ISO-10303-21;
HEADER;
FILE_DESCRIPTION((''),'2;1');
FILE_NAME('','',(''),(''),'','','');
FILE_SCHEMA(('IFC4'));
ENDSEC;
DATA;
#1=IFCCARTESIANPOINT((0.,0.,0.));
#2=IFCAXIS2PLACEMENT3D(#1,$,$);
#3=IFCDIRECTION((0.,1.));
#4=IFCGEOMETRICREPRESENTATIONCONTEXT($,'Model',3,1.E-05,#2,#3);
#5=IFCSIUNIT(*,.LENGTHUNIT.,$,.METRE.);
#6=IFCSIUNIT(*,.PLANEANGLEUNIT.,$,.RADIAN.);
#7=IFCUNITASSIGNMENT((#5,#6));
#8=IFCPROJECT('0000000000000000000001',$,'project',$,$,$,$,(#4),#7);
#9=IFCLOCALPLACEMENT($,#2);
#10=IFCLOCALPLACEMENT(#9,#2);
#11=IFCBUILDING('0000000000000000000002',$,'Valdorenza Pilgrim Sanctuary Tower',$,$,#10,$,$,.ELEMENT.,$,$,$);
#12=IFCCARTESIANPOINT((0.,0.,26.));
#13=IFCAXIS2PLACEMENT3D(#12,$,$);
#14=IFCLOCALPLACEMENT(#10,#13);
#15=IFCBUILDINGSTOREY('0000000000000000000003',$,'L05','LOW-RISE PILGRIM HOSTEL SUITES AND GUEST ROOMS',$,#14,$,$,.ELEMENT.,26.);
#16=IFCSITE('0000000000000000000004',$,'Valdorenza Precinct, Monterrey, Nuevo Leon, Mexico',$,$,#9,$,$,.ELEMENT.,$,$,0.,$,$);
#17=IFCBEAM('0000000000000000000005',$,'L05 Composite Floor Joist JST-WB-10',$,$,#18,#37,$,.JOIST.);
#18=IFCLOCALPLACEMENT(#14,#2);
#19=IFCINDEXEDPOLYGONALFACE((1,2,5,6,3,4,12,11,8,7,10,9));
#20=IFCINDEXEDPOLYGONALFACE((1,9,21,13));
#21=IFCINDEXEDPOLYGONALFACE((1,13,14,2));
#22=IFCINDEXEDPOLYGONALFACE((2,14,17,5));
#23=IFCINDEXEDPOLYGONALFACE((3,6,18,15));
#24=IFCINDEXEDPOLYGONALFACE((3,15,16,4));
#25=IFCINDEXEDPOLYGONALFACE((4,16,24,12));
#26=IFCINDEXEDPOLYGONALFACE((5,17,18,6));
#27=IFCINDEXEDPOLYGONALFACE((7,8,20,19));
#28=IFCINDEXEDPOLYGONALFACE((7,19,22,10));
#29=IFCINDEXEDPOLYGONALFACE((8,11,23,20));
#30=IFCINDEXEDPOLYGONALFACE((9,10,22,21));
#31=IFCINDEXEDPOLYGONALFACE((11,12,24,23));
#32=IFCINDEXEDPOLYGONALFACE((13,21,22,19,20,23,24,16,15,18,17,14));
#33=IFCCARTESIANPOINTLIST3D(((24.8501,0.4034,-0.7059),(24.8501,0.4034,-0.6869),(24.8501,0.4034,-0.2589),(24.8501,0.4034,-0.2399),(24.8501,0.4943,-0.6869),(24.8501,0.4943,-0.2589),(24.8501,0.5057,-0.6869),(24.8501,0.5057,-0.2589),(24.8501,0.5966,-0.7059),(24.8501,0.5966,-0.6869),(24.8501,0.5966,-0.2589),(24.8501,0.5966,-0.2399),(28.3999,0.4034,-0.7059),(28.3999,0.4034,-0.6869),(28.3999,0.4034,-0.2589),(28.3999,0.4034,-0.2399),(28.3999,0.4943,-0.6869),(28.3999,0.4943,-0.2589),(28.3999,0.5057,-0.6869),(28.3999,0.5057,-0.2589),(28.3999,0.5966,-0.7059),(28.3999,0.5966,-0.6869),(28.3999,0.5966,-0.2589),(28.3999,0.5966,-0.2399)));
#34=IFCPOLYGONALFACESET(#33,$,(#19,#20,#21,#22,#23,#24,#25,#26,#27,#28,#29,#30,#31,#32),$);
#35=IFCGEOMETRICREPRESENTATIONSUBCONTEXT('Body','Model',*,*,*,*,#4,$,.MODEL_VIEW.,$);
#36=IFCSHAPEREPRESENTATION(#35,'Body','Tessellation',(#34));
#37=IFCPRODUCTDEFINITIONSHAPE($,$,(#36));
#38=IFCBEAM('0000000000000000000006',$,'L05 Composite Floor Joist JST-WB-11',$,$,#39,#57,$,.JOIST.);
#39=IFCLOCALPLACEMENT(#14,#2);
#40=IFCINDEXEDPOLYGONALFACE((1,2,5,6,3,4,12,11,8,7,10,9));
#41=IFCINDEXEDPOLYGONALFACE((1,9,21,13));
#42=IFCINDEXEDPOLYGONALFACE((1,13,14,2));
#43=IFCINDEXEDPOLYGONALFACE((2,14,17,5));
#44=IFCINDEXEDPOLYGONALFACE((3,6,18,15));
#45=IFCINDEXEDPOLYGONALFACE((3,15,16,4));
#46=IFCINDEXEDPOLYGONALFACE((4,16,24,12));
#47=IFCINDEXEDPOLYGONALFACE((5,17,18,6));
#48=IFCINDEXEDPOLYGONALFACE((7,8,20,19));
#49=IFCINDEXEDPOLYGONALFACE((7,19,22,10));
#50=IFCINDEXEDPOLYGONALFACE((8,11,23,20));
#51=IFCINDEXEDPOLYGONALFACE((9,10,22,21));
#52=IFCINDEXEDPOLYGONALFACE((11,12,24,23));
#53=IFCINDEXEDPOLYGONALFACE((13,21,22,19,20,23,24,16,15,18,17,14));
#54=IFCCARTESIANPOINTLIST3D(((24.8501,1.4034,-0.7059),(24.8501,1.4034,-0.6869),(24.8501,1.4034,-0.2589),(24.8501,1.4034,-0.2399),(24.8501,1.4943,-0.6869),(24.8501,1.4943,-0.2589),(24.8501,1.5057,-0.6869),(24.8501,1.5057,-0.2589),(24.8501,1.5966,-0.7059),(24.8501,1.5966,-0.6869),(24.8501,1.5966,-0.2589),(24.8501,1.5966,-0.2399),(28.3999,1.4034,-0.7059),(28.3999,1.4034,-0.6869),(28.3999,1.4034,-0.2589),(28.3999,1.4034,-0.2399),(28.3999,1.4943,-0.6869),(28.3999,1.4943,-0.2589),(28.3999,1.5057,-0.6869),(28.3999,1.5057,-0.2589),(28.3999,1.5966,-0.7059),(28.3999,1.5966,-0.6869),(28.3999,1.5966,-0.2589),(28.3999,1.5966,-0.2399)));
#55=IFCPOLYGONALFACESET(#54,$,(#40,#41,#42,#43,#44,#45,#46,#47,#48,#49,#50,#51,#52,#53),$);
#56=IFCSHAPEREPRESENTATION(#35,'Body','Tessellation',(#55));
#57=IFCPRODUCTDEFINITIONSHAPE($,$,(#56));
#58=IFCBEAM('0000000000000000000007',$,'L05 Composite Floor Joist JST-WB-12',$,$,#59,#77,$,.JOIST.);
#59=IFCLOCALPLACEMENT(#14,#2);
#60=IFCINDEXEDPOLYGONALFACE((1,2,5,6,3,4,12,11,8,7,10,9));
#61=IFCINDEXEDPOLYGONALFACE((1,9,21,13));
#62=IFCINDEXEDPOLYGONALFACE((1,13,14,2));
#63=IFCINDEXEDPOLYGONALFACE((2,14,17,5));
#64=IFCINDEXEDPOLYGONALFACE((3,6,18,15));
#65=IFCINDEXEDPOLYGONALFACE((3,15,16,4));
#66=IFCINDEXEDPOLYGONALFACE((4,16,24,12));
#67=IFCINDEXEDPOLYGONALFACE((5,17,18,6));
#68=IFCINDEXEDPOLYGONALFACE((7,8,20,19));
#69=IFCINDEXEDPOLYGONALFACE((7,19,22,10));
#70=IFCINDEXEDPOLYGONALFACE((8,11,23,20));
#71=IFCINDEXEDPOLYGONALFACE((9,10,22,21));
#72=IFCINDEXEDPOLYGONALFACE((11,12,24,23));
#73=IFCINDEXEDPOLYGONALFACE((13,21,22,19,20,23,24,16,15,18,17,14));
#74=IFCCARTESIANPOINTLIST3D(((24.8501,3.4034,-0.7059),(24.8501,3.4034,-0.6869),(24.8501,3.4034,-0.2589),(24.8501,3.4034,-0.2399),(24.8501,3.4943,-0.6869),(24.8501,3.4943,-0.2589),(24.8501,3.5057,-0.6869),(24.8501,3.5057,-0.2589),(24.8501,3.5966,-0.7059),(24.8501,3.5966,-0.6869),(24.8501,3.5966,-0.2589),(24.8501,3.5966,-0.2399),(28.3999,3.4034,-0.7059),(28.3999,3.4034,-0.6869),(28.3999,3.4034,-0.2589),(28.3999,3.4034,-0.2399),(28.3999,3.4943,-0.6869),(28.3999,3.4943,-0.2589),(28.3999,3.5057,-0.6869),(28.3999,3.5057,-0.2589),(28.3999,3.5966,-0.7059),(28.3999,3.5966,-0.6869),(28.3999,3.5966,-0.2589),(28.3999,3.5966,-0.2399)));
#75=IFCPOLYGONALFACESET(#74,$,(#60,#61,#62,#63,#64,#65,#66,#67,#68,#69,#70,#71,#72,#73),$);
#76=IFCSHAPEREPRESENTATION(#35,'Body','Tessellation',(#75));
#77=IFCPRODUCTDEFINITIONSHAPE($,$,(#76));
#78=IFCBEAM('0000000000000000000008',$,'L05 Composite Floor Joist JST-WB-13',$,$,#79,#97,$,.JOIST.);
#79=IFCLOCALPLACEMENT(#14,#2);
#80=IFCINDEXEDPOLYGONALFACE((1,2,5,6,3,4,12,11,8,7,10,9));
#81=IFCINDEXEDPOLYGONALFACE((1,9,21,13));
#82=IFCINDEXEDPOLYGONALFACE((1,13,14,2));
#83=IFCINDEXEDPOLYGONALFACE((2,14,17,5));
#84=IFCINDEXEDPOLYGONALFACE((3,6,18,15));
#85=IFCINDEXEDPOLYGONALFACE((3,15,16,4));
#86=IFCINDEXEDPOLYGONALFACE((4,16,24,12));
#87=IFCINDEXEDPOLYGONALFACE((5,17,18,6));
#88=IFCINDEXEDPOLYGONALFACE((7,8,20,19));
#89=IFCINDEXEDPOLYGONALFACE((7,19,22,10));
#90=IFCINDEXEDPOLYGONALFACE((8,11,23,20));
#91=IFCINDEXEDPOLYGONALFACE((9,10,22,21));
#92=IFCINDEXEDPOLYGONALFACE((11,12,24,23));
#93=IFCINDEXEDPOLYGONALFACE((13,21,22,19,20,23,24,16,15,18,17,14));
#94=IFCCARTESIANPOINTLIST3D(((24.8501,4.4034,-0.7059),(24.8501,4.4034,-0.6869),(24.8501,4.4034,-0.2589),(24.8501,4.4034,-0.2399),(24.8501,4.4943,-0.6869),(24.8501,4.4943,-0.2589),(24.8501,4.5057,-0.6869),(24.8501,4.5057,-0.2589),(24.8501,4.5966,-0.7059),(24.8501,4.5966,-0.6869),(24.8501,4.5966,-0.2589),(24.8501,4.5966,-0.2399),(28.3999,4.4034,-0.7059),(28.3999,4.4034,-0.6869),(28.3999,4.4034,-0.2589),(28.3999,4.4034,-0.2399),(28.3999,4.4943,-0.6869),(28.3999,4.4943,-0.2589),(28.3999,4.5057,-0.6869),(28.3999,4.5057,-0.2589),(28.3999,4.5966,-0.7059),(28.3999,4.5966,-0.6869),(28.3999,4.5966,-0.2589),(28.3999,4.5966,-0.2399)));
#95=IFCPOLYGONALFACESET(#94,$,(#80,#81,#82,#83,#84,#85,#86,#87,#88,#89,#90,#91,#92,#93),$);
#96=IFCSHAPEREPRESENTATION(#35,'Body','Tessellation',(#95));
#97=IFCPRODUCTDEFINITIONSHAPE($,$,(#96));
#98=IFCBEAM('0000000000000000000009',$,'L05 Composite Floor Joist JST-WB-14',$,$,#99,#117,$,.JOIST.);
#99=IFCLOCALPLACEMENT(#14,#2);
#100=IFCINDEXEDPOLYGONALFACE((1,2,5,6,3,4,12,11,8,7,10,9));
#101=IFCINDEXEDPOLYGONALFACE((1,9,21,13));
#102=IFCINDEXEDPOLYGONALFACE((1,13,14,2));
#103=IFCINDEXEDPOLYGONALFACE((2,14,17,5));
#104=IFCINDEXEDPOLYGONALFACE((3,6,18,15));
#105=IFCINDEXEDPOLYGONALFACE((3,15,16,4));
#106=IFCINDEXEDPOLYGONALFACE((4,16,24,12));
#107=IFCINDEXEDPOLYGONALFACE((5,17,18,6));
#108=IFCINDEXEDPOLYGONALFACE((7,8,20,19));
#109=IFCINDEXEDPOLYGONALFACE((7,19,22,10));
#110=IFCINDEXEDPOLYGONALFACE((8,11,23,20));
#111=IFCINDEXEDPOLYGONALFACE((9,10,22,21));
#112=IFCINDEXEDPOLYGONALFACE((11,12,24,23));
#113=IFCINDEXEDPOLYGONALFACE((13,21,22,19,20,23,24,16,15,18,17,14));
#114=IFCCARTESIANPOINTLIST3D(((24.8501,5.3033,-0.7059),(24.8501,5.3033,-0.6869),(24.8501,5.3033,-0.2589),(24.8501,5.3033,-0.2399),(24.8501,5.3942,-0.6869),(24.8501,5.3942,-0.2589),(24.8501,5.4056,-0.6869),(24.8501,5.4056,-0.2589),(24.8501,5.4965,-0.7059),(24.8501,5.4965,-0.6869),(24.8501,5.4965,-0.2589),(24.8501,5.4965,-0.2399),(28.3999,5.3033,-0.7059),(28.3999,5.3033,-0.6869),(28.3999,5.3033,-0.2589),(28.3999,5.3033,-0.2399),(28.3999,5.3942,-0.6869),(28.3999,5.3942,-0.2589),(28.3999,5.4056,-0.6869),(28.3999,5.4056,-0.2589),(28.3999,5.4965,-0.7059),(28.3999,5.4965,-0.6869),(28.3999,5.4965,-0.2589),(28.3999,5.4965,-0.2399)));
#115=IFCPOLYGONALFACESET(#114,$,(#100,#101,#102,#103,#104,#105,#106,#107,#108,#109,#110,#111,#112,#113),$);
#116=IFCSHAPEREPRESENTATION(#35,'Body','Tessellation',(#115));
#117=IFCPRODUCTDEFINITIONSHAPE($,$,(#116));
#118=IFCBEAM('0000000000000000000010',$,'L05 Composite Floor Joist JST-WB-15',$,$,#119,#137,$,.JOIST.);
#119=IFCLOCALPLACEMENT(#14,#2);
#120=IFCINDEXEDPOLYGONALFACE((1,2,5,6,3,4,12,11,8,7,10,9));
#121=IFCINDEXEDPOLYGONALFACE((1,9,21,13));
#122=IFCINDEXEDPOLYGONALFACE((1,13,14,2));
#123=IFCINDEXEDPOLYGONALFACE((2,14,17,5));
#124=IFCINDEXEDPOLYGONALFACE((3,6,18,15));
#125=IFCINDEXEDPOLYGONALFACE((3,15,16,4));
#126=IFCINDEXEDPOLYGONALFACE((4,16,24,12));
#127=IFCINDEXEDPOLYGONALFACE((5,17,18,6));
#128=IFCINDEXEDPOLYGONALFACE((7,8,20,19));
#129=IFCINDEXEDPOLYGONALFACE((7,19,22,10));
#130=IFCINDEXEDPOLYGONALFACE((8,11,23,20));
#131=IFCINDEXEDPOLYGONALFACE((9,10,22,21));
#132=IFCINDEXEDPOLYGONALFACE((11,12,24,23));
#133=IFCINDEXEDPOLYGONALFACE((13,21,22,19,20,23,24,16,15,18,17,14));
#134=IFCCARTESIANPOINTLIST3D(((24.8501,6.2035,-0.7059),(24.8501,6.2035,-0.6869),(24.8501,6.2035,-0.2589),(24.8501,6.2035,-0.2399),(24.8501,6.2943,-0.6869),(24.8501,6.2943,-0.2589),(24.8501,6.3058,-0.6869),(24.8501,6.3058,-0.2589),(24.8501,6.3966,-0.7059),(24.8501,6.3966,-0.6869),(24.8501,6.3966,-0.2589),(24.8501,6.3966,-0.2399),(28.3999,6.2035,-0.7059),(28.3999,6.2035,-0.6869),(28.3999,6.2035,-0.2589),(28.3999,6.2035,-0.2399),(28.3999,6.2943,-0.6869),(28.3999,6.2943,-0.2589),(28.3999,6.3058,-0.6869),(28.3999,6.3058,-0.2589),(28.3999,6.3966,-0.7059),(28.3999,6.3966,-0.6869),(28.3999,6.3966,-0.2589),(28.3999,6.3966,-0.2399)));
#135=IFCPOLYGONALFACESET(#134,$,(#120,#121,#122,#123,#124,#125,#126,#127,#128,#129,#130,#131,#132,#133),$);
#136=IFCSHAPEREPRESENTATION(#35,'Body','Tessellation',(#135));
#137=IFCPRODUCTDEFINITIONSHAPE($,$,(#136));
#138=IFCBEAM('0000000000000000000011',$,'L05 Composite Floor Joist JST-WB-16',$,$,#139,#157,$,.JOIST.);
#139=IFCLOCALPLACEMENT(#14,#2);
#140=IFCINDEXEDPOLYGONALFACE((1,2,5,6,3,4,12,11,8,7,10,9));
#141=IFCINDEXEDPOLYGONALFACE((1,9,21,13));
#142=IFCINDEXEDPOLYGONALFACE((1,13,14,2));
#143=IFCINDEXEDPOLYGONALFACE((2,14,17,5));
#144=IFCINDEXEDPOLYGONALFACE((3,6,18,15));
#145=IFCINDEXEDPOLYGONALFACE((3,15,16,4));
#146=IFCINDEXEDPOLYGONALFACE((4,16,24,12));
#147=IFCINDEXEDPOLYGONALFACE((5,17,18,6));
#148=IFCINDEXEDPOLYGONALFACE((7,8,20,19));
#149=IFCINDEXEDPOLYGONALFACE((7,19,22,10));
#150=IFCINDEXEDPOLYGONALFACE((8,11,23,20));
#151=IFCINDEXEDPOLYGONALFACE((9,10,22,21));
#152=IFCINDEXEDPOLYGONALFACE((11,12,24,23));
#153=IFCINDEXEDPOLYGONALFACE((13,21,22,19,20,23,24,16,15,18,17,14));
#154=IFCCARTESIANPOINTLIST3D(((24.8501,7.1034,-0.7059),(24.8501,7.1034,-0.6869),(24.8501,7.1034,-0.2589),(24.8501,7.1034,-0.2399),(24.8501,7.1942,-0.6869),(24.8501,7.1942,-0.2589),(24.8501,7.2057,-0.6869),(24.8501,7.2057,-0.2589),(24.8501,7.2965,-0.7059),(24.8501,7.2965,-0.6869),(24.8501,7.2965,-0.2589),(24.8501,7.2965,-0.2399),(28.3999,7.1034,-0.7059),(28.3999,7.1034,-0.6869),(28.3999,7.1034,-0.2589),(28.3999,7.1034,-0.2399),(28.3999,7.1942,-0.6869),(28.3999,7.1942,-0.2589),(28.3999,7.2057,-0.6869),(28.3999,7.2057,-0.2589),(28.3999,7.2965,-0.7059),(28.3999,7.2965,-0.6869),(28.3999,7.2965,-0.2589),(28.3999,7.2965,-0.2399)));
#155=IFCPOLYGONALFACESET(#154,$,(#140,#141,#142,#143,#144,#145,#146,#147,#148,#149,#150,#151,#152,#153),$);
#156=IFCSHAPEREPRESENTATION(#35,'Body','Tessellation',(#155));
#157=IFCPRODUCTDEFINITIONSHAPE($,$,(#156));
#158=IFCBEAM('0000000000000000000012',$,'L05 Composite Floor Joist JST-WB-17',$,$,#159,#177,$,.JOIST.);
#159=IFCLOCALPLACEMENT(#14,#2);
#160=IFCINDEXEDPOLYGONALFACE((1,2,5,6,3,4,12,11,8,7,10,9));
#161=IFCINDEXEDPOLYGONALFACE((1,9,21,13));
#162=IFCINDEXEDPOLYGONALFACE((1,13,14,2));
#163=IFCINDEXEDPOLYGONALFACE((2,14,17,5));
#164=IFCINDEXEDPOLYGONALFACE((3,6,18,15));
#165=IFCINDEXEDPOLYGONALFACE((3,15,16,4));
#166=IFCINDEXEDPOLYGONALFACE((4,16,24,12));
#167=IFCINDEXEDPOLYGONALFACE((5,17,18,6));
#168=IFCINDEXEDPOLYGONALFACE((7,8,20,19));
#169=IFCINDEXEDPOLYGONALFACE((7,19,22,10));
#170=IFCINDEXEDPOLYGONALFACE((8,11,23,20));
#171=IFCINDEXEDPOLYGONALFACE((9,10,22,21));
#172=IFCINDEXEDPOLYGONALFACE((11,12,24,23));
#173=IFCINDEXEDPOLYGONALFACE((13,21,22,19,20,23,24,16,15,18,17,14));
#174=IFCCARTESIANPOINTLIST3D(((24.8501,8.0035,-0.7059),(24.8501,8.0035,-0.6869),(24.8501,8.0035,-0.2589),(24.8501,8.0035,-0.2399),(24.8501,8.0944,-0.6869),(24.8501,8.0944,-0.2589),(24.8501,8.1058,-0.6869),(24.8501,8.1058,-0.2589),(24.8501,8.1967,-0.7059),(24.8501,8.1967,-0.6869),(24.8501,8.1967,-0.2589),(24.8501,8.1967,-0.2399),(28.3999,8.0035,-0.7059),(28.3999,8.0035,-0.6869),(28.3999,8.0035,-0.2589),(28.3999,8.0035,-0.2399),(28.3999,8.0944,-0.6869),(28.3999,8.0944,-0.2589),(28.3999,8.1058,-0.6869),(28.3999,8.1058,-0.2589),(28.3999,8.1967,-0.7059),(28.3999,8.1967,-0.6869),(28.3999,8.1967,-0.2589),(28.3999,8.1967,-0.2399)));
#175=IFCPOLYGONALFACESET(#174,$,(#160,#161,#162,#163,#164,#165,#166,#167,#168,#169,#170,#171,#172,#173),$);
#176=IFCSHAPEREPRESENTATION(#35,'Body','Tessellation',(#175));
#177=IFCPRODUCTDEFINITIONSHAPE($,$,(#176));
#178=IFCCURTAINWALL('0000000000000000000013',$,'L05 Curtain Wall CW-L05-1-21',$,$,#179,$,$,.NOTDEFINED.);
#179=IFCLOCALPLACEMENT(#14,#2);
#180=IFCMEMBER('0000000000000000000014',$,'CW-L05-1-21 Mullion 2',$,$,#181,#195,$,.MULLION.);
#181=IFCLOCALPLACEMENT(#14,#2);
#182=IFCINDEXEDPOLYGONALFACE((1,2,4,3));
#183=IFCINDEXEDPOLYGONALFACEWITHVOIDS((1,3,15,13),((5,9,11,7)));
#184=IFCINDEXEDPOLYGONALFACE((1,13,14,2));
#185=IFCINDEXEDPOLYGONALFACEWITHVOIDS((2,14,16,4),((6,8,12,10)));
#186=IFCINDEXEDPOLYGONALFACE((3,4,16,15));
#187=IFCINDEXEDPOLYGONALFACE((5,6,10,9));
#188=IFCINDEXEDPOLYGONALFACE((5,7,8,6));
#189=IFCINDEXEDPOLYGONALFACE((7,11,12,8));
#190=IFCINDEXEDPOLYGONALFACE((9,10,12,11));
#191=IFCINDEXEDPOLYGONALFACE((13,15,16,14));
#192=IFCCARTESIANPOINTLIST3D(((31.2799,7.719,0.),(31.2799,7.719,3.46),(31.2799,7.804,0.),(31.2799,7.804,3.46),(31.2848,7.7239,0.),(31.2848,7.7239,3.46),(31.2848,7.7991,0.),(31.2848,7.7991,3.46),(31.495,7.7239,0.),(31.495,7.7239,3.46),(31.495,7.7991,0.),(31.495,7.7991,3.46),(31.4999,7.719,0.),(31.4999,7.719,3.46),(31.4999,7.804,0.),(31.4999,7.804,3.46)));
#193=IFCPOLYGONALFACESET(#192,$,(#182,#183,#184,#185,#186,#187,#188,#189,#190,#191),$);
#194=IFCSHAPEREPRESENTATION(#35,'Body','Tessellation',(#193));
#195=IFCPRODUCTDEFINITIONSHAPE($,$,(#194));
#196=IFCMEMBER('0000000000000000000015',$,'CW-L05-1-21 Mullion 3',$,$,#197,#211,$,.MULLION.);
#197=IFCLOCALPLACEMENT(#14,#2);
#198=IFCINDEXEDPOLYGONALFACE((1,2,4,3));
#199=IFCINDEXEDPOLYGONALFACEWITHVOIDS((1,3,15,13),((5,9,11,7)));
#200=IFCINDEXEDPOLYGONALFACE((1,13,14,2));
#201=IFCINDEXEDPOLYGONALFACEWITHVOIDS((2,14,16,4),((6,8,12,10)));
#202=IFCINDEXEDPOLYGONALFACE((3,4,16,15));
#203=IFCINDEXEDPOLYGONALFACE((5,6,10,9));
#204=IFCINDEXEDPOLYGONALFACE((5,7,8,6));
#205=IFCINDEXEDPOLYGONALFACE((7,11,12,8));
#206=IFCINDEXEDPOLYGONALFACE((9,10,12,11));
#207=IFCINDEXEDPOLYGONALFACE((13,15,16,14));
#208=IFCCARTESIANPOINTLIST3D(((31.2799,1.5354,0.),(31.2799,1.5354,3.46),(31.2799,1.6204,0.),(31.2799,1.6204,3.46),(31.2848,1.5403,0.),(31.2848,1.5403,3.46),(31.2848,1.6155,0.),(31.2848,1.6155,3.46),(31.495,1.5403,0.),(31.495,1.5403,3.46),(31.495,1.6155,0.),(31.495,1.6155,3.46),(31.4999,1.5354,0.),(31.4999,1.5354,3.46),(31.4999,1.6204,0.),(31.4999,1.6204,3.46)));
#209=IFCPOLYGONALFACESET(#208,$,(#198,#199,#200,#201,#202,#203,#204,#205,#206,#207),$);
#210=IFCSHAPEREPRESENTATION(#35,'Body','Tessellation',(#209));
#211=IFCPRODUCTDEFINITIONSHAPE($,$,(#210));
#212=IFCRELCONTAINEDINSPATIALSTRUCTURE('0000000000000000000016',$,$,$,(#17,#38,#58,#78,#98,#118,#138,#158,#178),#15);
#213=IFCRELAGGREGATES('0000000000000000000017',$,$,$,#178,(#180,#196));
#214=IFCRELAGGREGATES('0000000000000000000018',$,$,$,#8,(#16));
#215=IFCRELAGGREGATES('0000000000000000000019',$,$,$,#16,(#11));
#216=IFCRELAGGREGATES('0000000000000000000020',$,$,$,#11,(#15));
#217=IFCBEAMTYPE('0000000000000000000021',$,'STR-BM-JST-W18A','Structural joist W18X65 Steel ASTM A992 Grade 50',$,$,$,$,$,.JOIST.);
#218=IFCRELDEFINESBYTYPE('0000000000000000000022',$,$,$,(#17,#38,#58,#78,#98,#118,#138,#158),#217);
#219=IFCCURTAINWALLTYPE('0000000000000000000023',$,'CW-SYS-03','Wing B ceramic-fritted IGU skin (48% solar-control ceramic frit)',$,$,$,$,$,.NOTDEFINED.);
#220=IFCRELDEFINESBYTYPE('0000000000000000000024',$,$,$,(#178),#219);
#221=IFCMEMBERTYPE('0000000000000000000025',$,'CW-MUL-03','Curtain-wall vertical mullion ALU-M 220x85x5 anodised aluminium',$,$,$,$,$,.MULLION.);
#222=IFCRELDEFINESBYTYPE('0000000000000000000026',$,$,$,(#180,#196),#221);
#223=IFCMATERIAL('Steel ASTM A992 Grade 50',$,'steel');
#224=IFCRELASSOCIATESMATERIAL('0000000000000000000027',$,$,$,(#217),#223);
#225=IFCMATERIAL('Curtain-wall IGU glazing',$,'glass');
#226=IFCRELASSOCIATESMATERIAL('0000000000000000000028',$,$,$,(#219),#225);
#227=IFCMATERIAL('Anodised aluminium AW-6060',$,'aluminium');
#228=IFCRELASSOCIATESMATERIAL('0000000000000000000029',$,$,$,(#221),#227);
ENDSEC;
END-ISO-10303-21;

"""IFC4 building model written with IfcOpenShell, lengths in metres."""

from ifc_helpers import new_model, si_unit, direction, frame, origin, origin_2d, place, context, subcontext, project, spatial, hollow_rectangle, i_section, extrude, source, transform, mapped, material, material_profile, profile_set, type_object, element, aggregate, save


model = new_model("IFC4")

# Units and contexts
model_context = context("Model", 3, precision=1e-05, world=origin(), true_north=direction((0.0, 1.0)))
body_context = subcontext(model_context, "Body", "Model", "MODEL_VIEW")
ifc_project = project(units=[si_unit("LENGTHUNIT", "METRE"), si_unit("PLANEANGLEUNIT", "RADIAN")], contexts=[model_context])

# Site, building, storey
site_placement = place(None, origin())
site = spatial("IfcSite", under=ifc_project, at=site_placement, Name="Valdorenza Precinct, Monterrey, Nuevo Leon, Mexico", CompositionType="ELEMENT", RefElevation=0.0)
building_placement = place(site_placement, origin())
building = spatial("IfcBuilding", under=site, at=building_placement, Name="Valdorenza Pilgrim Sanctuary Tower", CompositionType="ELEMENT")
storey_placement = place(building_placement, frame((0.0, 0.0, 26.0)))
storey = spatial("IfcBuildingStorey", under=building, at=storey_placement, Name="L05", Description="LOW-RISE PILGRIM HOSTEL SUITES AND GUEST ROOMS", CompositionType="ELEMENT", Elevation=26.0)

# Beams
ifc_material_1 = material(Name="Steel ASTM A992 Grade 50", Category="steel")
ifc_material_profile_1 = material_profile(ifc_material_1, i_section(OverallWidth=0.1931, OverallDepth=0.4661, WebThickness=0.0115, FlangeThickness=0.019, at=origin_2d()), Name="W18X65")
ifc_profile_set_1 = profile_set([ifc_material_profile_1], Name="Steel ASTM A992 Grade 50")
beam_type = type_object("IfcBeamType", Name="STR-BM-JST-W18A", Description="Structural joist W18X65 Steel ASTM A992 Grade 50", PredefinedType="JOIST", material=ifc_profile_set_1)
shared_shape_1 = source(origin(), body_context, "Body", "SweptSolid", [
    extrude(i_section(OverallWidth=0.1931, OverallDepth=0.4661, WebThickness=0.0115, FlangeThickness=0.019, at=origin_2d()), origin(), (0.0, 0.0, 1.0), 3.5498),
])
for number, where, z_axis, x_axis, name in (
    (1, (24.8501, 0.5, -0.4729), (1.0, 0.0, 0.0), (0.0, 1.0, 0.0), "L05 Composite Floor Joist JST-WB-10"),
    (2, (24.8501, 1.5, -0.4729), (1.0, 0.0, 0.0), (0.0, 1.0, 0.0), "L05 Composite Floor Joist JST-WB-11"),
    (3, (24.8501, 3.5, -0.4729), (1.0, 0.0, 0.0), (0.0, 1.0, 0.0), "L05 Composite Floor Joist JST-WB-12"),
    (4, (24.8501, 4.5, -0.4729), (1.0, 0.0, 0.0), (0.0, 1.0, 0.0), "L05 Composite Floor Joist JST-WB-13"),
    (5, (24.8501, 5.3999, -0.4729), (1.0, 0.0, 0.0), (0.0, 1.0, 0.0), "L05 Composite Floor Joist JST-WB-14"),
    (6, (24.8501, 6.3, -0.4729), (1.0, 0.0, 0.0), (0.0, 1.0, 0.0), "L05 Composite Floor Joist JST-WB-15"),
    (7, (24.8501, 7.2, -0.4729), (1.0, 0.0, 0.0), (0.0, 1.0, 0.0), "L05 Composite Floor Joist JST-WB-16"),
    (8, (24.8501, 8.1001, -0.4729), (1.0, 0.0, 0.0), (0.0, 1.0, 0.0), "L05 Composite Floor Joist JST-WB-17"),
):
    element("IfcBeam", number, at=place(storey_placement, frame(where, z_axis=z_axis, x_axis=x_axis)), inside=storey, type_object=beam_type, Name=name, PredefinedType="JOIST", context=body_context, shape_type="MappedRepresentation", body=[
        mapped(shared_shape_1, transform((0.0, 0.0, 0.0), x_axis=(1.0, 0.0, 0.0), y_axis=(0.0, 1.0, 0.0), z_axis=(0.0, 0.0, 1.0), scale=1.0)),
    ])

# Curtain wall, members
ifc_material_2 = material(Name="Curtain-wall IGU glazing", Category="glass")
curtain_wall_type = type_object("IfcCurtainWallType", Name="CW-SYS-03", Description="Wing B ceramic-fritted IGU skin (48% solar-control ceramic frit)", PredefinedType="NOTDEFINED", material=ifc_material_2)
curtain_wall_placement = place(storey_placement, origin())
curtain_wall = element("IfcCurtainWall", 9, at=curtain_wall_placement, inside=storey, type_object=curtain_wall_type, Name="L05 Curtain Wall CW-L05-1-21", PredefinedType="NOTDEFINED")
ifc_material_3 = material(Name="Anodised aluminium AW-6060", Category="aluminium")
ifc_material_profile_2 = material_profile(ifc_material_3, hollow_rectangle(XDim=0.085, YDim=0.22, WallThickness=0.0049, at=origin_2d()), Name="ALU-M 220x85x5")
ifc_profile_set_2 = profile_set([ifc_material_profile_2], Name="Anodised aluminium AW-6060")
member_type = type_object("IfcMemberType", Name="CW-MUL-03", Description="Curtain-wall vertical mullion ALU-M 220x85x5 anodised aluminium", PredefinedType="MULLION", material=ifc_profile_set_2)
shared_shape_2 = source(origin(), body_context, "Body", "SweptSolid", [
    extrude(hollow_rectangle(XDim=0.085, YDim=0.22, WallThickness=0.0049, at=origin_2d()), origin(), (0.0, 0.0, 1.0), 3.46),
])
member_1_placement = place(storey_placement, frame((31.3899, 7.7615, 0.0), z_axis=(0.0, 0.0, 1.0), x_axis=(0.0, -1.0, 0.0)))
member_1 = element("IfcMember", 10, at=member_1_placement, type_object=member_type, Name="CW-L05-1-21 Mullion 2", PredefinedType="MULLION", context=body_context, shape_type="MappedRepresentation", body=[
    mapped(shared_shape_2, transform((0.0, 0.0, 0.0), x_axis=(1.0, 0.0, 0.0), y_axis=(0.0, 1.0, 0.0), z_axis=(0.0, 0.0, 1.0), scale=1.0)),
])
member_2_placement = place(storey_placement, frame((31.3899, 1.5779, 0.0), z_axis=(0.0, 0.0, 1.0), x_axis=(0.0, -1.0, 0.0)))
member_2 = element("IfcMember", 11, at=member_2_placement, type_object=member_type, Name="CW-L05-1-21 Mullion 3", PredefinedType="MULLION", context=body_context, shape_type="MappedRepresentation", body=[
    mapped(shared_shape_2, transform((0.0, 0.0, 0.0), x_axis=(1.0, 0.0, 0.0), y_axis=(0.0, 1.0, 0.0), z_axis=(0.0, 0.0, 1.0), scale=1.0)),
])
aggregate(curtain_wall, [member_1, member_2])

save(model, "model.ifc")
